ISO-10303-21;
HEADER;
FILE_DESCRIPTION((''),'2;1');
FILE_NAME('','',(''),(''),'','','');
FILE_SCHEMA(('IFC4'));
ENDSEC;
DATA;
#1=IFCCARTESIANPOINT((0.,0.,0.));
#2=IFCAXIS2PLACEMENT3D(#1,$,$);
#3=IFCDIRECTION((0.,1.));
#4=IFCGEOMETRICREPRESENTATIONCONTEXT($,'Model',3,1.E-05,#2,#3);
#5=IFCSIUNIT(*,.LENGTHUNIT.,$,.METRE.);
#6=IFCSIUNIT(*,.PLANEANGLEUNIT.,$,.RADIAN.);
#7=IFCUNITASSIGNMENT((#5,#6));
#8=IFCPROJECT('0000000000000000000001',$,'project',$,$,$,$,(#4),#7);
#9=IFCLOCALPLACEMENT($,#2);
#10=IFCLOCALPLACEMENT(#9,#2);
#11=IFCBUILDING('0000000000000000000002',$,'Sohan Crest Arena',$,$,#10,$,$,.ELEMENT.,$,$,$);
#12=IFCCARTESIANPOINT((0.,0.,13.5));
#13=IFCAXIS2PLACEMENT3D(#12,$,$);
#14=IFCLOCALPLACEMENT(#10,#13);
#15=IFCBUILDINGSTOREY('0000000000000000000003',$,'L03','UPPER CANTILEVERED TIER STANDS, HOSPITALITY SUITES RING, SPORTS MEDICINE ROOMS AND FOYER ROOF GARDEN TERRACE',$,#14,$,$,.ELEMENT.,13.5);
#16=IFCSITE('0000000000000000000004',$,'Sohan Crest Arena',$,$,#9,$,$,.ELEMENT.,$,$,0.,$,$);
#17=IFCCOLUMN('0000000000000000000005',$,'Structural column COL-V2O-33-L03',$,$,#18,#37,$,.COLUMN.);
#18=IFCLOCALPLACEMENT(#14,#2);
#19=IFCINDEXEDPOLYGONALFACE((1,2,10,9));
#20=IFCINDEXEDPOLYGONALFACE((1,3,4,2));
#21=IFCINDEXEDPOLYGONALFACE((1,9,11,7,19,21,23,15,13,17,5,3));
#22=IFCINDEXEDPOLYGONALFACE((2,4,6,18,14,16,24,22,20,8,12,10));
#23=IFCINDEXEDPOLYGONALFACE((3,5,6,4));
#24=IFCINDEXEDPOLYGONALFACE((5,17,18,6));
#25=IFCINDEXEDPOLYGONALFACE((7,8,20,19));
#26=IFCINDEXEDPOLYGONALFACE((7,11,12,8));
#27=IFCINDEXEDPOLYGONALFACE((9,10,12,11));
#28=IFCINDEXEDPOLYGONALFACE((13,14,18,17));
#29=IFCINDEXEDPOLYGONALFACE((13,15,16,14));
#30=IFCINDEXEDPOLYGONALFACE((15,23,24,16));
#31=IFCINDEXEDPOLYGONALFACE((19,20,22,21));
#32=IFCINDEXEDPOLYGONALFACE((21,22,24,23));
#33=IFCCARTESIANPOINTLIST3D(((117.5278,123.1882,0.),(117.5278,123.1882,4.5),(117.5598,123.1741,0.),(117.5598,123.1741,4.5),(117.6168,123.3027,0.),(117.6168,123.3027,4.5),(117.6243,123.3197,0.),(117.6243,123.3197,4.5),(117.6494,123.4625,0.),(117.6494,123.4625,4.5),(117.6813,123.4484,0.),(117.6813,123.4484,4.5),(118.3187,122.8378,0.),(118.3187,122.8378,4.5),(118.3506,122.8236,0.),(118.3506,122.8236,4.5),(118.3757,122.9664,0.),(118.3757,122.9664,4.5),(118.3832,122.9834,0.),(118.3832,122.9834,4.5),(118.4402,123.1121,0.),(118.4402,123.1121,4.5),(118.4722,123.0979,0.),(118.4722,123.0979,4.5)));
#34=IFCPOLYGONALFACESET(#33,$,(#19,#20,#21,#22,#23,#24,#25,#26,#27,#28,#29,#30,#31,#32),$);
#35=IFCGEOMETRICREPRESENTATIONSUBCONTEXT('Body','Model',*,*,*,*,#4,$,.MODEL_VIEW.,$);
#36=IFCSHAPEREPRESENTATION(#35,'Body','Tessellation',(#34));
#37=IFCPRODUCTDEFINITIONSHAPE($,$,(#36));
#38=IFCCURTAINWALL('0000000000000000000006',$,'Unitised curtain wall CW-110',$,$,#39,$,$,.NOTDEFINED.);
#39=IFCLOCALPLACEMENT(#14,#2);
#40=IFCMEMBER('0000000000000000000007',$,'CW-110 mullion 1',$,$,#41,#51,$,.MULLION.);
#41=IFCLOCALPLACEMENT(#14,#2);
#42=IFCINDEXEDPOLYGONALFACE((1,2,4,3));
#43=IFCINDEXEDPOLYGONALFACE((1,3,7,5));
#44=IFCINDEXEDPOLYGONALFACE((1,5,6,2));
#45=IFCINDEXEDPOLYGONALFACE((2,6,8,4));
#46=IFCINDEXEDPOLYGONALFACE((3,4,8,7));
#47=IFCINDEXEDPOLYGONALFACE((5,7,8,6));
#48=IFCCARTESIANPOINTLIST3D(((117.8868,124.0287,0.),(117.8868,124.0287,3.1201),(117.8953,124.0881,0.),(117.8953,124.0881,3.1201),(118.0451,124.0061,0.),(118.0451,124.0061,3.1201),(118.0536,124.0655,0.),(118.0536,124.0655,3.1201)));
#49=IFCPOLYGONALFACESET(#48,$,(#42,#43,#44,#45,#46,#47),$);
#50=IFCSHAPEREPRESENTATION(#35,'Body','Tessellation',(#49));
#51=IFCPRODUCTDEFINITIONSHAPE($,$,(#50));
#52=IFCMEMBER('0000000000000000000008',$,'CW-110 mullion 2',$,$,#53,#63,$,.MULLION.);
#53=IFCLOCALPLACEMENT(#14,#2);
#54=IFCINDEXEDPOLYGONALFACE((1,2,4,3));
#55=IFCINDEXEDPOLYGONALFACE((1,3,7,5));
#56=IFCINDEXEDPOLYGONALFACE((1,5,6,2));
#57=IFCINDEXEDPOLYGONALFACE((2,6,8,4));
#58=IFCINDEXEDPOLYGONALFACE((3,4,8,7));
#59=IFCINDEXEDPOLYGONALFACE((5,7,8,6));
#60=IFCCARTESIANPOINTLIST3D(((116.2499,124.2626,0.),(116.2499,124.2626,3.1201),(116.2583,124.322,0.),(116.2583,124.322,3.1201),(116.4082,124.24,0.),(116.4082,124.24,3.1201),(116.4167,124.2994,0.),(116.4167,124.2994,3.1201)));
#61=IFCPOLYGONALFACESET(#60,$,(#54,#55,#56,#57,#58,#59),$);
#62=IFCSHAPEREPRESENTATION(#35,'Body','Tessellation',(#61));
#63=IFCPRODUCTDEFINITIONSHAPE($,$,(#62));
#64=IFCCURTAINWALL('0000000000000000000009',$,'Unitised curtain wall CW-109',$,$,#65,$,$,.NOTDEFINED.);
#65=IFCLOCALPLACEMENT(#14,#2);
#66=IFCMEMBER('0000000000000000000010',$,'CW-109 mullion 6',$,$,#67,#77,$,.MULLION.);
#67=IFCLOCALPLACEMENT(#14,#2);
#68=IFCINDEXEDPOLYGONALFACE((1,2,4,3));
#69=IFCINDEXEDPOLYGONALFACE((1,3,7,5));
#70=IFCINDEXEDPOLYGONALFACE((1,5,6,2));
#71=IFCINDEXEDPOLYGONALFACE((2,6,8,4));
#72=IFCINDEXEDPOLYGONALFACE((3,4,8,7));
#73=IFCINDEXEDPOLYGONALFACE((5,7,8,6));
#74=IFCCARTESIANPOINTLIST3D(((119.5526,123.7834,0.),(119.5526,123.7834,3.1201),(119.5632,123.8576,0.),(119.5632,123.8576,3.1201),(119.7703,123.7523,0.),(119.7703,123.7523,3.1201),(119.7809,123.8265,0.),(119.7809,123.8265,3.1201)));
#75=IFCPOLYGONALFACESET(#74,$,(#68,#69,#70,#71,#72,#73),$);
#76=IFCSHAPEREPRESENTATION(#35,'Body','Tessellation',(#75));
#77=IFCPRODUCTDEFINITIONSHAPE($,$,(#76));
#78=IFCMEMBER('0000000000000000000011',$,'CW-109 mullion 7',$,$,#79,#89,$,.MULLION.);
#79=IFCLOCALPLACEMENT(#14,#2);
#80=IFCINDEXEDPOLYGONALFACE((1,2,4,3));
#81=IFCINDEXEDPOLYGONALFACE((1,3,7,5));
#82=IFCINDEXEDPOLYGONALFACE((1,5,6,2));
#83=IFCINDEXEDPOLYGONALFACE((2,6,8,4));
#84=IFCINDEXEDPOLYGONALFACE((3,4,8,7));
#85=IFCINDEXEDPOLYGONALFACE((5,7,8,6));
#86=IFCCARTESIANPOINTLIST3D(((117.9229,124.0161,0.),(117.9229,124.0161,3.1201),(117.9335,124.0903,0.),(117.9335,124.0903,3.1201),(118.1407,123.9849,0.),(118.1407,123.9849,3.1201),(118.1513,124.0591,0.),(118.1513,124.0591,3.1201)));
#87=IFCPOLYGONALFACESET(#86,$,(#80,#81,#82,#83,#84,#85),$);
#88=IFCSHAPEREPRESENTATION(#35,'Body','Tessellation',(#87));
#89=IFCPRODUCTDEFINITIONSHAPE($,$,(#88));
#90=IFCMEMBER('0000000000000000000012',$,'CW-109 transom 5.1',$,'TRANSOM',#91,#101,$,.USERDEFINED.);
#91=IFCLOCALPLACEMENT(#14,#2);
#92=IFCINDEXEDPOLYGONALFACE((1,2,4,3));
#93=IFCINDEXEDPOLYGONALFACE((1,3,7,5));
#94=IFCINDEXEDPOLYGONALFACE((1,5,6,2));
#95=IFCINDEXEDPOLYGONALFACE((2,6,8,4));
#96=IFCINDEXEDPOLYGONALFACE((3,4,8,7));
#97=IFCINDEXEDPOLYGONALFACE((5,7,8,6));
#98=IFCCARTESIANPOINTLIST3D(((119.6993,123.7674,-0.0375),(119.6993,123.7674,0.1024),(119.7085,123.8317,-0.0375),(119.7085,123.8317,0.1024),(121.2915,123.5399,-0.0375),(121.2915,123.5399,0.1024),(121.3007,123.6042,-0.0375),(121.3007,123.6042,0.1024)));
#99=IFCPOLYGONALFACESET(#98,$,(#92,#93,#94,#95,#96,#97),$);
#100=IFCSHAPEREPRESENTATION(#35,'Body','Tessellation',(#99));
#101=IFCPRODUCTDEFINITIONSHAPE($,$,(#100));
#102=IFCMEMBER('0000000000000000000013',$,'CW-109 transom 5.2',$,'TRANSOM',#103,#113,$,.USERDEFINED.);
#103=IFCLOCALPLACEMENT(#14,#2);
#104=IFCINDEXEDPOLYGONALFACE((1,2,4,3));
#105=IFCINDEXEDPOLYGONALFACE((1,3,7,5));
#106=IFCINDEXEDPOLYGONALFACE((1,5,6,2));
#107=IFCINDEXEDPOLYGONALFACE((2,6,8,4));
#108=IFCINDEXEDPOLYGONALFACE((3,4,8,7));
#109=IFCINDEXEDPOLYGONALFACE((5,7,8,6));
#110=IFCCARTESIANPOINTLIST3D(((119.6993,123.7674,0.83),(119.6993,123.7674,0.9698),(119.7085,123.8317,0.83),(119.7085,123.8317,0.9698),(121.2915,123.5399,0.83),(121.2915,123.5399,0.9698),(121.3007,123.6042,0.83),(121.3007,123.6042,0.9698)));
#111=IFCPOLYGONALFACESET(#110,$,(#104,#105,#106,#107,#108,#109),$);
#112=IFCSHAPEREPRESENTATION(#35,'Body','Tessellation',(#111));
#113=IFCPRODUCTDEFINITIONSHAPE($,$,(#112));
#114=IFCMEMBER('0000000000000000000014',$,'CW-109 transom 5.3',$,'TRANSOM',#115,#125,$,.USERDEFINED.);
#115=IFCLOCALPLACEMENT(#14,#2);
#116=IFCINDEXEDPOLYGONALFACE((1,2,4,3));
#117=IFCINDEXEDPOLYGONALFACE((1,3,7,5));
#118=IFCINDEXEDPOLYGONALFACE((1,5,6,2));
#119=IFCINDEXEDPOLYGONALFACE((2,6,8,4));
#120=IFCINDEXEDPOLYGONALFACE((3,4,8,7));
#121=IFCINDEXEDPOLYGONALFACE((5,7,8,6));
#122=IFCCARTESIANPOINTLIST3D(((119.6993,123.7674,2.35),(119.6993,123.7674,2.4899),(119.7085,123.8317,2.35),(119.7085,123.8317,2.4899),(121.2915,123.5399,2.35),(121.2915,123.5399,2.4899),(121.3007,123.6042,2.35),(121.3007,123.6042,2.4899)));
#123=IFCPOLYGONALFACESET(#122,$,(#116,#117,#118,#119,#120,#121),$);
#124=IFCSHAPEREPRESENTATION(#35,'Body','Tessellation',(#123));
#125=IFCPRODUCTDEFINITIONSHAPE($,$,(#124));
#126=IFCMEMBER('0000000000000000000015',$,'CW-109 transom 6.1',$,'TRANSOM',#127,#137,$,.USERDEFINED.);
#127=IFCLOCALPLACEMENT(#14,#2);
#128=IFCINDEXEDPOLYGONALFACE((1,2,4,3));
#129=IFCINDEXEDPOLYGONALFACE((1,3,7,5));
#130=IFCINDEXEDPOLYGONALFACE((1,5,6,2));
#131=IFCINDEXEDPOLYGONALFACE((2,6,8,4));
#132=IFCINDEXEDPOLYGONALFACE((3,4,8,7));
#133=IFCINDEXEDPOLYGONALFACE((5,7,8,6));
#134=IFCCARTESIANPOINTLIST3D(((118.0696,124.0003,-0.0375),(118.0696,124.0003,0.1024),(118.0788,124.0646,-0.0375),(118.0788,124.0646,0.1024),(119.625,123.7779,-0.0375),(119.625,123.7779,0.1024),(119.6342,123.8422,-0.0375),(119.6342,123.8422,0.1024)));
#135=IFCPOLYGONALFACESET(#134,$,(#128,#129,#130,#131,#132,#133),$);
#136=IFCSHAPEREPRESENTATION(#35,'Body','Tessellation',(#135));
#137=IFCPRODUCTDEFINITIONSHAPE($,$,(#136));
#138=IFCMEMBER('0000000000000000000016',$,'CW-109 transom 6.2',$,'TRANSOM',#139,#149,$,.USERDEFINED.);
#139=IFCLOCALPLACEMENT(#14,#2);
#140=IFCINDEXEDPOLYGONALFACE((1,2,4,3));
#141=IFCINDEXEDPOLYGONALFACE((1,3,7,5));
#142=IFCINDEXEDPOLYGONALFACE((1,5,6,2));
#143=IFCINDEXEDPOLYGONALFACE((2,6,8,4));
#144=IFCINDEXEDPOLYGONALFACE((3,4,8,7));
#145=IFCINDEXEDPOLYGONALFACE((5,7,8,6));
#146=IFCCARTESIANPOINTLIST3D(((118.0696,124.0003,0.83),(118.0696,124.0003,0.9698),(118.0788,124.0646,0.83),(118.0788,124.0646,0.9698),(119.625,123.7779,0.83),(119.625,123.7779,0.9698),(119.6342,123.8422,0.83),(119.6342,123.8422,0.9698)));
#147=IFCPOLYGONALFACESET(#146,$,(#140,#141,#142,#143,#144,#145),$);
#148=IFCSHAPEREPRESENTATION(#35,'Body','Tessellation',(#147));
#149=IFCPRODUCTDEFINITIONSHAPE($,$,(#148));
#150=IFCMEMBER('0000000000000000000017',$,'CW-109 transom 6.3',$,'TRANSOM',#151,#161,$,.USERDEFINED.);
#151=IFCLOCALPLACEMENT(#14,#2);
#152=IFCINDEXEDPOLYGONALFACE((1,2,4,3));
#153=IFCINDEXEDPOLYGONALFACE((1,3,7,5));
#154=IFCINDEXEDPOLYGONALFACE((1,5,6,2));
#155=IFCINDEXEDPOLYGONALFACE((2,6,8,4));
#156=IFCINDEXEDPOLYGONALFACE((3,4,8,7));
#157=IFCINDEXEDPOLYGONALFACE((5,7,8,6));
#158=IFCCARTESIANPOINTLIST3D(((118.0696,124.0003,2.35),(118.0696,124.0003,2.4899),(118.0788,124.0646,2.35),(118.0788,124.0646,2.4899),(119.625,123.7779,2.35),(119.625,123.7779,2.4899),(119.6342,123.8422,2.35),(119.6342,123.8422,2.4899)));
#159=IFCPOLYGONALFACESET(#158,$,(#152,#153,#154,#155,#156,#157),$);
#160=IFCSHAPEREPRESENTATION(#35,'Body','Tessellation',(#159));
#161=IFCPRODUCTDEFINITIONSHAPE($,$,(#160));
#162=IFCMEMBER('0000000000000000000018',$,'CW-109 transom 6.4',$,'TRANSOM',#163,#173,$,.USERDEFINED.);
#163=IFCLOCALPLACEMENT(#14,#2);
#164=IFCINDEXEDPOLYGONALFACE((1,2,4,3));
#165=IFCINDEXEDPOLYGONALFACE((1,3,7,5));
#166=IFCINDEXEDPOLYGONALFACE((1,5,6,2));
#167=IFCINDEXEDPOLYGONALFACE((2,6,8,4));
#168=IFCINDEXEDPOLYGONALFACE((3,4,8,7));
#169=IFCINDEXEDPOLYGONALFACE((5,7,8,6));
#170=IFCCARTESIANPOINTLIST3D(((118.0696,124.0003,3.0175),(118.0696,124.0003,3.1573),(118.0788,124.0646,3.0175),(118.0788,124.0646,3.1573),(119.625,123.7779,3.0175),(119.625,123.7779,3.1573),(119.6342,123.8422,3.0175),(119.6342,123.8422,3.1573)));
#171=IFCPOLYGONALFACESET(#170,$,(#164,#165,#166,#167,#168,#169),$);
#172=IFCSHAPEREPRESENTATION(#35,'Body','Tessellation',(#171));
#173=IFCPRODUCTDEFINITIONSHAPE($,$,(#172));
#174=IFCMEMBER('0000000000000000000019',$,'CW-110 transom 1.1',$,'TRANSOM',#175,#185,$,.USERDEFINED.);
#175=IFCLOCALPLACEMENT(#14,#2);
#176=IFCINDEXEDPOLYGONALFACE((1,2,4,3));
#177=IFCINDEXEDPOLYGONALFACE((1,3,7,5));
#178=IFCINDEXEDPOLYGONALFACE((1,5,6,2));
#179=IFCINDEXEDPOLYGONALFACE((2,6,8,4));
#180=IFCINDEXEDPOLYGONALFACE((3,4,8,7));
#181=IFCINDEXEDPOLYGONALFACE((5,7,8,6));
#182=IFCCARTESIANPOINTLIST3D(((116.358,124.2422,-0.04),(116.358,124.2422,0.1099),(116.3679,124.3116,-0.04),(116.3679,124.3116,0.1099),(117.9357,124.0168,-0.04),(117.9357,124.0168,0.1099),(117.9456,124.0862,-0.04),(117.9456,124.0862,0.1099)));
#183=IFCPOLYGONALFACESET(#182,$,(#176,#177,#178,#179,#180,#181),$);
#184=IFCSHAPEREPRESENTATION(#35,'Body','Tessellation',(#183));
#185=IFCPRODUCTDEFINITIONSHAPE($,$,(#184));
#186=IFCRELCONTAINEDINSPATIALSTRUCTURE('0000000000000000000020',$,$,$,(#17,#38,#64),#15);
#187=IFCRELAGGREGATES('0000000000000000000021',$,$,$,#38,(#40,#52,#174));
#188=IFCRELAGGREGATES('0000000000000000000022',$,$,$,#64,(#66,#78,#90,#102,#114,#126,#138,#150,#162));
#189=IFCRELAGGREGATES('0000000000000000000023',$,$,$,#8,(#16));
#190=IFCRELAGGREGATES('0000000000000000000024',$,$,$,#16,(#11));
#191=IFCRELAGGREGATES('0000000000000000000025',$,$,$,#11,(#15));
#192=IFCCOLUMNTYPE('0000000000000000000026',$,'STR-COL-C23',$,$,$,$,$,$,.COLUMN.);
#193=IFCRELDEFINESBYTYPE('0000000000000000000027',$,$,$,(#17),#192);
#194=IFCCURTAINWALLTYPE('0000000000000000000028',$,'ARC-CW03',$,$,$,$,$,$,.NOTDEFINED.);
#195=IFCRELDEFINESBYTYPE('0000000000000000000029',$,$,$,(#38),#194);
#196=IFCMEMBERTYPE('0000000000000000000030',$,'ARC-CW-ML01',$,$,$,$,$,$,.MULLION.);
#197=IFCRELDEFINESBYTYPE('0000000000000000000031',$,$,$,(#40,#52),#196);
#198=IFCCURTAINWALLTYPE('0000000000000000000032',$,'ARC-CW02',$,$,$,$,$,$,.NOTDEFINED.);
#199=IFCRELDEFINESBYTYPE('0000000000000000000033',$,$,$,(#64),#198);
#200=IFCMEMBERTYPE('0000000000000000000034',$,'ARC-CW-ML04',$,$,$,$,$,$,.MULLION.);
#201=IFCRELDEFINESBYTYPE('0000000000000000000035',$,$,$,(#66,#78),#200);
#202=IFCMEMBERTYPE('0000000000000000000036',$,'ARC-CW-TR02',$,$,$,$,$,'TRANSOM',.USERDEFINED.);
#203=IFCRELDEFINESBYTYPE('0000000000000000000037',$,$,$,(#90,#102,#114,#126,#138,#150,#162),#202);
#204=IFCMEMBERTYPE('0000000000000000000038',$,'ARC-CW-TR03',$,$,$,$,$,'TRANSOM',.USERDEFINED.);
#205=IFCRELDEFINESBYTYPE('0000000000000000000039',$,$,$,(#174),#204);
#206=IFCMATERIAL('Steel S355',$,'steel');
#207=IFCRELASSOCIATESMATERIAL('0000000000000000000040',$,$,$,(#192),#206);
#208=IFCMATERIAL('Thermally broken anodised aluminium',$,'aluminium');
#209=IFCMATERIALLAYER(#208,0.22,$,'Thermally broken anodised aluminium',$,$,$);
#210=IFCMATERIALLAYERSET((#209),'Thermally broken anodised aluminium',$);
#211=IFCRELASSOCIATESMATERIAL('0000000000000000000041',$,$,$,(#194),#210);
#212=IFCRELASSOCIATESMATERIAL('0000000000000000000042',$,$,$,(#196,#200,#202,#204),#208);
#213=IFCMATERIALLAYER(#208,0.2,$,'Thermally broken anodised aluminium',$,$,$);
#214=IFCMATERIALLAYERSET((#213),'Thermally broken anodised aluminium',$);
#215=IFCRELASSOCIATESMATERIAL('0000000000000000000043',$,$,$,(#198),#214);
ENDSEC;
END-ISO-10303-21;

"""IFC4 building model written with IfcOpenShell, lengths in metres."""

from ifc_helpers import new_model, si_unit, direction, frame, origin, origin_2d, place, context, subcontext, project, spatial, rectangle, i_section, extrude, material, layer, layer_set, material_profile, profile_set, type_object, element, aggregate, save


model = new_model("IFC4")

# Units and contexts
model_context = context("Model", 3, precision=1e-05, world=origin(), true_north=direction((0.0, 1.0)))
body_context = subcontext(model_context, "Body", "Model", "MODEL_VIEW")
ifc_project = project(units=[si_unit("LENGTHUNIT", "METRE"), si_unit("PLANEANGLEUNIT", "RADIAN")], contexts=[model_context])

# Site, building, storey
site_placement = place(None, origin())
site = spatial("IfcSite", under=ifc_project, at=site_placement, Name="Sohan Crest Arena", CompositionType="ELEMENT", RefElevation=0.0)
building_placement = place(site_placement, origin())
building = spatial("IfcBuilding", under=site, at=building_placement, Name="Sohan Crest Arena", CompositionType="ELEMENT")
storey_placement = place(building_placement, frame((0.0, 0.0, 13.5)))
storey = spatial("IfcBuildingStorey", under=building, at=storey_placement, Name="L03", Description="UPPER CANTILEVERED TIER STANDS, HOSPITALITY SUITES RING, SPORTS MEDICINE ROOMS AND FOYER ROOF GARDEN TERRACE", CompositionType="ELEMENT", Elevation=13.5)

# Column
ifc_material_1 = material(Name="Steel S355", Category="steel")
ifc_material_profile_1 = material_profile(ifc_material_1, i_section(OverallWidth=0.3, OverallDepth=0.8999, WebThickness=0.0186, FlangeThickness=0.0349, at=origin_2d()), Name="HEB 900")
ifc_profile_set_1 = profile_set([ifc_material_profile_1], Name="Steel S355")
column_type = type_object("IfcColumnType", Name="STR-COL-C23", PredefinedType="COLUMN", material=ifc_profile_set_1)
column_placement = place(storey_placement, frame((118.0, 123.1431, 0.0), z_axis=(0.0, 0.0, 1.0), x_axis=(0.405142, 0.914254, 0.0)))
element("IfcColumn", 1, at=column_placement, inside=storey, type_object=column_type, Name="Structural column COL-V2O-33-L03", PredefinedType="COLUMN", context=body_context, shape_type="SweptSolid", body=[
    extrude(i_section(OverallWidth=0.3, OverallDepth=0.8999, WebThickness=0.0186, FlangeThickness=0.0349, at=origin_2d()), origin(), (0.0, 0.0, 1.0), 4.5),
])

# Curtain walls, members
ifc_material_2 = material(Name="Thermally broken anodised aluminium", Category="aluminium")
ifc_layer_1 = layer(ifc_material_2, 0.22, Name="Thermally broken anodised aluminium")
ifc_layer_set_1 = layer_set([ifc_layer_1], Name="Thermally broken anodised aluminium")
curtain_wall_type_1 = type_object("IfcCurtainWallType", Name="ARC-CW03", PredefinedType="NOTDEFINED", material=ifc_layer_set_1)
curtain_wall_1_placement = place(storey_placement, origin())
curtain_wall_1 = element("IfcCurtainWall", 2, at=curtain_wall_1_placement, inside=storey, type_object=curtain_wall_type_1, Name="Unitised curtain wall CW-110", PredefinedType="NOTDEFINED")
ifc_material_profile_2 = material_profile(ifc_material_2, rectangle(XDim=0.0601, YDim=0.1599, at=origin_2d()), Name="ALU-MULL 60x160")
ifc_profile_set_2 = profile_set([ifc_material_profile_2], Name="Thermally broken anodised aluminium")
member_type_1 = type_object("IfcMemberType", Name="ARC-CW-ML01", PredefinedType="MULLION", material=ifc_profile_set_2)
member_1_placement = place(storey_placement, frame((117.9702, 124.0471, 0.0), z_axis=(0.0, 0.0, 1.0), x_axis=(-0.141366, -0.989957, 0.0)))
member_1 = element("IfcMember", 3, at=member_1_placement, type_object=member_type_1, Name="CW-110 mullion 1", PredefinedType="MULLION", context=body_context, shape_type="SweptSolid", body=[
    extrude(rectangle(XDim=0.0601, YDim=0.1599, at=origin_2d()), origin(), (0.0, 0.0, 1.0), 3.1201),
])
member_2_placement = place(storey_placement, frame((116.3333, 124.281, 0.0), z_axis=(0.0, 0.0, 1.0), x_axis=(-0.141366, -0.989957, 0.0)))
member_2 = element("IfcMember", 4, at=member_2_placement, type_object=member_type_1, Name="CW-110 mullion 2", PredefinedType="MULLION", context=body_context, shape_type="SweptSolid", body=[
    extrude(rectangle(XDim=0.0601, YDim=0.1599, at=origin_2d()), origin(), (0.0, 0.0, 1.0), 3.1201),
])
ifc_layer_2 = layer(ifc_material_2, 0.2, Name="Thermally broken anodised aluminium")
ifc_layer_set_2 = layer_set([ifc_layer_2], Name="Thermally broken anodised aluminium")
curtain_wall_type_2 = type_object("IfcCurtainWallType", Name="ARC-CW02", PredefinedType="NOTDEFINED", material=ifc_layer_set_2)
curtain_wall_2_placement = place(storey_placement, origin())
curtain_wall_2 = element("IfcCurtainWall", 5, at=curtain_wall_2_placement, inside=storey, type_object=curtain_wall_type_2, Name="Unitised curtain wall CW-109", PredefinedType="NOTDEFINED")
ifc_material_profile_3 = material_profile(ifc_material_2, rectangle(XDim=0.075, YDim=0.22, at=origin_2d()), Name="ALU-MULL 75x220")
ifc_profile_set_3 = profile_set([ifc_material_profile_3], Name="Thermally broken anodised aluminium")
member_type_2 = type_object("IfcMemberType", Name="ARC-CW-ML04", PredefinedType="MULLION", material=ifc_profile_set_3)
member_3_placement = place(storey_placement, frame((119.6667, 123.8049, 0.0), z_axis=(0.0, 0.0, 1.0), x_axis=(-0.141463, -0.989944, 0.0)))
member_3 = element("IfcMember", 6, at=member_3_placement, type_object=member_type_2, Name="CW-109 mullion 6", PredefinedType="MULLION", context=body_context, shape_type="SweptSolid", body=[
    extrude(rectangle(XDim=0.075, YDim=0.22, at=origin_2d()), origin(), (0.0, 0.0, 1.0), 3.1201),
])
member_4_placement = place(storey_placement, frame((118.0371, 124.0376, 0.0), z_axis=(0.0, 0.0, 1.0), x_axis=(-0.141463, -0.989944, 0.0)))
member_4 = element("IfcMember", 7, at=member_4_placement, type_object=member_type_2, Name="CW-109 mullion 7", PredefinedType="MULLION", context=body_context, shape_type="SweptSolid", body=[
    extrude(rectangle(XDim=0.075, YDim=0.22, at=origin_2d()), origin(), (0.0, 0.0, 1.0), 3.1201),
])
ifc_material_profile_4 = material_profile(ifc_material_2, rectangle(XDim=0.0649, YDim=0.1399, at=origin_2d()), Name="ALU-TRAN 65x140")
ifc_profile_set_4 = profile_set([ifc_material_profile_4], Name="Thermally broken anodised aluminium")
member_type_3 = type_object("IfcMemberType", Name="ARC-CW-TR02", ElementType="TRANSOM", PredefinedType="USERDEFINED", material=ifc_profile_set_4)
member_5_placement = place(storey_placement, frame((121.2961, 123.572, 0.0325), z_axis=(-0.989943, 0.141464, 0.0), x_axis=(-0.141464, -0.989943, 0.0)))
member_5 = element("IfcMember", 8, at=member_5_placement, type_object=member_type_3, Name="CW-109 transom 5.1", ObjectType="TRANSOM", PredefinedType="USERDEFINED", context=body_context, shape_type="SweptSolid", body=[
    extrude(rectangle(XDim=0.0649, YDim=0.1399, at=origin_2d()), origin(), (0.0, 0.0, 1.0), 1.6084),
])
member_6_placement = place(storey_placement, frame((121.2961, 123.572, 0.8999), z_axis=(-0.989943, 0.141464, 0.0), x_axis=(-0.141464, -0.989943, 0.0)))
member_6 = element("IfcMember", 9, at=member_6_placement, type_object=member_type_3, Name="CW-109 transom 5.2", ObjectType="TRANSOM", PredefinedType="USERDEFINED", context=body_context, shape_type="SweptSolid", body=[
    extrude(rectangle(XDim=0.0649, YDim=0.1399, at=origin_2d()), origin(), (0.0, 0.0, 1.0), 1.6084),
])
member_7_placement = place(storey_placement, frame((121.2961, 123.572, 2.4199), z_axis=(-0.989943, 0.141464, 0.0), x_axis=(-0.141464, -0.989943, 0.0)))
member_7 = element("IfcMember", 10, at=member_7_placement, type_object=member_type_3, Name="CW-109 transom 5.3", ObjectType="TRANSOM", PredefinedType="USERDEFINED", context=body_context, shape_type="SweptSolid", body=[
    extrude(rectangle(XDim=0.0649, YDim=0.1399, at=origin_2d()), origin(), (0.0, 0.0, 1.0), 1.6084),
])
member_8_placement = place(storey_placement, frame((119.6296, 123.8101, 0.0325), z_axis=(-0.989931, 0.141552, 0.0), x_axis=(-0.141552, -0.989931, 0.0)))
member_8 = element("IfcMember", 11, at=member_8_placement, type_object=member_type_3, Name="CW-109 transom 6.1", ObjectType="TRANSOM", PredefinedType="USERDEFINED", context=body_context, shape_type="SweptSolid", body=[
    extrude(rectangle(XDim=0.0649, YDim=0.1399, at=origin_2d()), origin(), (0.0, 0.0, 1.0), 1.5713),
])
member_9_placement = place(storey_placement, frame((119.6296, 123.8101, 0.8999), z_axis=(-0.989931, 0.141552, 0.0), x_axis=(-0.141552, -0.989931, 0.0)))
member_9 = element("IfcMember", 12, at=member_9_placement, type_object=member_type_3, Name="CW-109 transom 6.2", ObjectType="TRANSOM", PredefinedType="USERDEFINED", context=body_context, shape_type="SweptSolid", body=[
    extrude(rectangle(XDim=0.0649, YDim=0.1399, at=origin_2d()), origin(), (0.0, 0.0, 1.0), 1.5713),
])
member_10_placement = place(storey_placement, frame((119.6296, 123.8101, 2.4199), z_axis=(-0.989931, 0.141552, 0.0), x_axis=(-0.141552, -0.989931, 0.0)))
member_10 = element("IfcMember", 13, at=member_10_placement, type_object=member_type_3, Name="CW-109 transom 6.3", ObjectType="TRANSOM", PredefinedType="USERDEFINED", context=body_context, shape_type="SweptSolid", body=[
    extrude(rectangle(XDim=0.0649, YDim=0.1399, at=origin_2d()), origin(), (0.0, 0.0, 1.0), 1.5713),
])
member_11_placement = place(storey_placement, frame((119.6296, 123.8101, 3.0874), z_axis=(-0.989931, 0.141552, 0.0), x_axis=(-0.141552, -0.989931, 0.0)))
member_11 = element("IfcMember", 14, at=member_11_placement, type_object=member_type_3, Name="CW-109 transom 6.4", ObjectType="TRANSOM", PredefinedType="USERDEFINED", context=body_context, shape_type="SweptSolid", body=[
    extrude(rectangle(XDim=0.0649, YDim=0.1399, at=origin_2d()), origin(), (0.0, 0.0, 1.0), 1.5713),
])

# Member
ifc_material_profile_5 = material_profile(ifc_material_2, rectangle(XDim=0.0701, YDim=0.1499, at=origin_2d()), Name="ALU-TRAN 70x150")
ifc_profile_set_5 = profile_set([ifc_material_profile_5], Name="Thermally broken anodised aluminium")
member_type_4 = type_object("IfcMemberType", Name="ARC-CW-TR03", ElementType="TRANSOM", PredefinedType="USERDEFINED", material=ifc_profile_set_5)
member_12_placement = place(storey_placement, frame((117.9407, 124.0515, 0.0349), z_axis=(-0.989953, 0.1414, 0.0), x_axis=(-0.1414, -0.989953, 0.0)))
member_12 = element("IfcMember", 15, at=member_12_placement, type_object=member_type_4, Name="CW-110 transom 1.1", ObjectType="TRANSOM", PredefinedType="USERDEFINED", context=body_context, shape_type="SweptSolid", body=[
    extrude(rectangle(XDim=0.0701, YDim=0.1499, at=origin_2d()), origin(), (0.0, 0.0, 1.0), 1.5938),
])

aggregate(curtain_wall_1, [member_1, member_2, member_12])
aggregate(curtain_wall_2, [member_3, member_4, member_5, member_6, member_7, member_8, member_9, member_10, member_11])

save(model, "model.ifc")
